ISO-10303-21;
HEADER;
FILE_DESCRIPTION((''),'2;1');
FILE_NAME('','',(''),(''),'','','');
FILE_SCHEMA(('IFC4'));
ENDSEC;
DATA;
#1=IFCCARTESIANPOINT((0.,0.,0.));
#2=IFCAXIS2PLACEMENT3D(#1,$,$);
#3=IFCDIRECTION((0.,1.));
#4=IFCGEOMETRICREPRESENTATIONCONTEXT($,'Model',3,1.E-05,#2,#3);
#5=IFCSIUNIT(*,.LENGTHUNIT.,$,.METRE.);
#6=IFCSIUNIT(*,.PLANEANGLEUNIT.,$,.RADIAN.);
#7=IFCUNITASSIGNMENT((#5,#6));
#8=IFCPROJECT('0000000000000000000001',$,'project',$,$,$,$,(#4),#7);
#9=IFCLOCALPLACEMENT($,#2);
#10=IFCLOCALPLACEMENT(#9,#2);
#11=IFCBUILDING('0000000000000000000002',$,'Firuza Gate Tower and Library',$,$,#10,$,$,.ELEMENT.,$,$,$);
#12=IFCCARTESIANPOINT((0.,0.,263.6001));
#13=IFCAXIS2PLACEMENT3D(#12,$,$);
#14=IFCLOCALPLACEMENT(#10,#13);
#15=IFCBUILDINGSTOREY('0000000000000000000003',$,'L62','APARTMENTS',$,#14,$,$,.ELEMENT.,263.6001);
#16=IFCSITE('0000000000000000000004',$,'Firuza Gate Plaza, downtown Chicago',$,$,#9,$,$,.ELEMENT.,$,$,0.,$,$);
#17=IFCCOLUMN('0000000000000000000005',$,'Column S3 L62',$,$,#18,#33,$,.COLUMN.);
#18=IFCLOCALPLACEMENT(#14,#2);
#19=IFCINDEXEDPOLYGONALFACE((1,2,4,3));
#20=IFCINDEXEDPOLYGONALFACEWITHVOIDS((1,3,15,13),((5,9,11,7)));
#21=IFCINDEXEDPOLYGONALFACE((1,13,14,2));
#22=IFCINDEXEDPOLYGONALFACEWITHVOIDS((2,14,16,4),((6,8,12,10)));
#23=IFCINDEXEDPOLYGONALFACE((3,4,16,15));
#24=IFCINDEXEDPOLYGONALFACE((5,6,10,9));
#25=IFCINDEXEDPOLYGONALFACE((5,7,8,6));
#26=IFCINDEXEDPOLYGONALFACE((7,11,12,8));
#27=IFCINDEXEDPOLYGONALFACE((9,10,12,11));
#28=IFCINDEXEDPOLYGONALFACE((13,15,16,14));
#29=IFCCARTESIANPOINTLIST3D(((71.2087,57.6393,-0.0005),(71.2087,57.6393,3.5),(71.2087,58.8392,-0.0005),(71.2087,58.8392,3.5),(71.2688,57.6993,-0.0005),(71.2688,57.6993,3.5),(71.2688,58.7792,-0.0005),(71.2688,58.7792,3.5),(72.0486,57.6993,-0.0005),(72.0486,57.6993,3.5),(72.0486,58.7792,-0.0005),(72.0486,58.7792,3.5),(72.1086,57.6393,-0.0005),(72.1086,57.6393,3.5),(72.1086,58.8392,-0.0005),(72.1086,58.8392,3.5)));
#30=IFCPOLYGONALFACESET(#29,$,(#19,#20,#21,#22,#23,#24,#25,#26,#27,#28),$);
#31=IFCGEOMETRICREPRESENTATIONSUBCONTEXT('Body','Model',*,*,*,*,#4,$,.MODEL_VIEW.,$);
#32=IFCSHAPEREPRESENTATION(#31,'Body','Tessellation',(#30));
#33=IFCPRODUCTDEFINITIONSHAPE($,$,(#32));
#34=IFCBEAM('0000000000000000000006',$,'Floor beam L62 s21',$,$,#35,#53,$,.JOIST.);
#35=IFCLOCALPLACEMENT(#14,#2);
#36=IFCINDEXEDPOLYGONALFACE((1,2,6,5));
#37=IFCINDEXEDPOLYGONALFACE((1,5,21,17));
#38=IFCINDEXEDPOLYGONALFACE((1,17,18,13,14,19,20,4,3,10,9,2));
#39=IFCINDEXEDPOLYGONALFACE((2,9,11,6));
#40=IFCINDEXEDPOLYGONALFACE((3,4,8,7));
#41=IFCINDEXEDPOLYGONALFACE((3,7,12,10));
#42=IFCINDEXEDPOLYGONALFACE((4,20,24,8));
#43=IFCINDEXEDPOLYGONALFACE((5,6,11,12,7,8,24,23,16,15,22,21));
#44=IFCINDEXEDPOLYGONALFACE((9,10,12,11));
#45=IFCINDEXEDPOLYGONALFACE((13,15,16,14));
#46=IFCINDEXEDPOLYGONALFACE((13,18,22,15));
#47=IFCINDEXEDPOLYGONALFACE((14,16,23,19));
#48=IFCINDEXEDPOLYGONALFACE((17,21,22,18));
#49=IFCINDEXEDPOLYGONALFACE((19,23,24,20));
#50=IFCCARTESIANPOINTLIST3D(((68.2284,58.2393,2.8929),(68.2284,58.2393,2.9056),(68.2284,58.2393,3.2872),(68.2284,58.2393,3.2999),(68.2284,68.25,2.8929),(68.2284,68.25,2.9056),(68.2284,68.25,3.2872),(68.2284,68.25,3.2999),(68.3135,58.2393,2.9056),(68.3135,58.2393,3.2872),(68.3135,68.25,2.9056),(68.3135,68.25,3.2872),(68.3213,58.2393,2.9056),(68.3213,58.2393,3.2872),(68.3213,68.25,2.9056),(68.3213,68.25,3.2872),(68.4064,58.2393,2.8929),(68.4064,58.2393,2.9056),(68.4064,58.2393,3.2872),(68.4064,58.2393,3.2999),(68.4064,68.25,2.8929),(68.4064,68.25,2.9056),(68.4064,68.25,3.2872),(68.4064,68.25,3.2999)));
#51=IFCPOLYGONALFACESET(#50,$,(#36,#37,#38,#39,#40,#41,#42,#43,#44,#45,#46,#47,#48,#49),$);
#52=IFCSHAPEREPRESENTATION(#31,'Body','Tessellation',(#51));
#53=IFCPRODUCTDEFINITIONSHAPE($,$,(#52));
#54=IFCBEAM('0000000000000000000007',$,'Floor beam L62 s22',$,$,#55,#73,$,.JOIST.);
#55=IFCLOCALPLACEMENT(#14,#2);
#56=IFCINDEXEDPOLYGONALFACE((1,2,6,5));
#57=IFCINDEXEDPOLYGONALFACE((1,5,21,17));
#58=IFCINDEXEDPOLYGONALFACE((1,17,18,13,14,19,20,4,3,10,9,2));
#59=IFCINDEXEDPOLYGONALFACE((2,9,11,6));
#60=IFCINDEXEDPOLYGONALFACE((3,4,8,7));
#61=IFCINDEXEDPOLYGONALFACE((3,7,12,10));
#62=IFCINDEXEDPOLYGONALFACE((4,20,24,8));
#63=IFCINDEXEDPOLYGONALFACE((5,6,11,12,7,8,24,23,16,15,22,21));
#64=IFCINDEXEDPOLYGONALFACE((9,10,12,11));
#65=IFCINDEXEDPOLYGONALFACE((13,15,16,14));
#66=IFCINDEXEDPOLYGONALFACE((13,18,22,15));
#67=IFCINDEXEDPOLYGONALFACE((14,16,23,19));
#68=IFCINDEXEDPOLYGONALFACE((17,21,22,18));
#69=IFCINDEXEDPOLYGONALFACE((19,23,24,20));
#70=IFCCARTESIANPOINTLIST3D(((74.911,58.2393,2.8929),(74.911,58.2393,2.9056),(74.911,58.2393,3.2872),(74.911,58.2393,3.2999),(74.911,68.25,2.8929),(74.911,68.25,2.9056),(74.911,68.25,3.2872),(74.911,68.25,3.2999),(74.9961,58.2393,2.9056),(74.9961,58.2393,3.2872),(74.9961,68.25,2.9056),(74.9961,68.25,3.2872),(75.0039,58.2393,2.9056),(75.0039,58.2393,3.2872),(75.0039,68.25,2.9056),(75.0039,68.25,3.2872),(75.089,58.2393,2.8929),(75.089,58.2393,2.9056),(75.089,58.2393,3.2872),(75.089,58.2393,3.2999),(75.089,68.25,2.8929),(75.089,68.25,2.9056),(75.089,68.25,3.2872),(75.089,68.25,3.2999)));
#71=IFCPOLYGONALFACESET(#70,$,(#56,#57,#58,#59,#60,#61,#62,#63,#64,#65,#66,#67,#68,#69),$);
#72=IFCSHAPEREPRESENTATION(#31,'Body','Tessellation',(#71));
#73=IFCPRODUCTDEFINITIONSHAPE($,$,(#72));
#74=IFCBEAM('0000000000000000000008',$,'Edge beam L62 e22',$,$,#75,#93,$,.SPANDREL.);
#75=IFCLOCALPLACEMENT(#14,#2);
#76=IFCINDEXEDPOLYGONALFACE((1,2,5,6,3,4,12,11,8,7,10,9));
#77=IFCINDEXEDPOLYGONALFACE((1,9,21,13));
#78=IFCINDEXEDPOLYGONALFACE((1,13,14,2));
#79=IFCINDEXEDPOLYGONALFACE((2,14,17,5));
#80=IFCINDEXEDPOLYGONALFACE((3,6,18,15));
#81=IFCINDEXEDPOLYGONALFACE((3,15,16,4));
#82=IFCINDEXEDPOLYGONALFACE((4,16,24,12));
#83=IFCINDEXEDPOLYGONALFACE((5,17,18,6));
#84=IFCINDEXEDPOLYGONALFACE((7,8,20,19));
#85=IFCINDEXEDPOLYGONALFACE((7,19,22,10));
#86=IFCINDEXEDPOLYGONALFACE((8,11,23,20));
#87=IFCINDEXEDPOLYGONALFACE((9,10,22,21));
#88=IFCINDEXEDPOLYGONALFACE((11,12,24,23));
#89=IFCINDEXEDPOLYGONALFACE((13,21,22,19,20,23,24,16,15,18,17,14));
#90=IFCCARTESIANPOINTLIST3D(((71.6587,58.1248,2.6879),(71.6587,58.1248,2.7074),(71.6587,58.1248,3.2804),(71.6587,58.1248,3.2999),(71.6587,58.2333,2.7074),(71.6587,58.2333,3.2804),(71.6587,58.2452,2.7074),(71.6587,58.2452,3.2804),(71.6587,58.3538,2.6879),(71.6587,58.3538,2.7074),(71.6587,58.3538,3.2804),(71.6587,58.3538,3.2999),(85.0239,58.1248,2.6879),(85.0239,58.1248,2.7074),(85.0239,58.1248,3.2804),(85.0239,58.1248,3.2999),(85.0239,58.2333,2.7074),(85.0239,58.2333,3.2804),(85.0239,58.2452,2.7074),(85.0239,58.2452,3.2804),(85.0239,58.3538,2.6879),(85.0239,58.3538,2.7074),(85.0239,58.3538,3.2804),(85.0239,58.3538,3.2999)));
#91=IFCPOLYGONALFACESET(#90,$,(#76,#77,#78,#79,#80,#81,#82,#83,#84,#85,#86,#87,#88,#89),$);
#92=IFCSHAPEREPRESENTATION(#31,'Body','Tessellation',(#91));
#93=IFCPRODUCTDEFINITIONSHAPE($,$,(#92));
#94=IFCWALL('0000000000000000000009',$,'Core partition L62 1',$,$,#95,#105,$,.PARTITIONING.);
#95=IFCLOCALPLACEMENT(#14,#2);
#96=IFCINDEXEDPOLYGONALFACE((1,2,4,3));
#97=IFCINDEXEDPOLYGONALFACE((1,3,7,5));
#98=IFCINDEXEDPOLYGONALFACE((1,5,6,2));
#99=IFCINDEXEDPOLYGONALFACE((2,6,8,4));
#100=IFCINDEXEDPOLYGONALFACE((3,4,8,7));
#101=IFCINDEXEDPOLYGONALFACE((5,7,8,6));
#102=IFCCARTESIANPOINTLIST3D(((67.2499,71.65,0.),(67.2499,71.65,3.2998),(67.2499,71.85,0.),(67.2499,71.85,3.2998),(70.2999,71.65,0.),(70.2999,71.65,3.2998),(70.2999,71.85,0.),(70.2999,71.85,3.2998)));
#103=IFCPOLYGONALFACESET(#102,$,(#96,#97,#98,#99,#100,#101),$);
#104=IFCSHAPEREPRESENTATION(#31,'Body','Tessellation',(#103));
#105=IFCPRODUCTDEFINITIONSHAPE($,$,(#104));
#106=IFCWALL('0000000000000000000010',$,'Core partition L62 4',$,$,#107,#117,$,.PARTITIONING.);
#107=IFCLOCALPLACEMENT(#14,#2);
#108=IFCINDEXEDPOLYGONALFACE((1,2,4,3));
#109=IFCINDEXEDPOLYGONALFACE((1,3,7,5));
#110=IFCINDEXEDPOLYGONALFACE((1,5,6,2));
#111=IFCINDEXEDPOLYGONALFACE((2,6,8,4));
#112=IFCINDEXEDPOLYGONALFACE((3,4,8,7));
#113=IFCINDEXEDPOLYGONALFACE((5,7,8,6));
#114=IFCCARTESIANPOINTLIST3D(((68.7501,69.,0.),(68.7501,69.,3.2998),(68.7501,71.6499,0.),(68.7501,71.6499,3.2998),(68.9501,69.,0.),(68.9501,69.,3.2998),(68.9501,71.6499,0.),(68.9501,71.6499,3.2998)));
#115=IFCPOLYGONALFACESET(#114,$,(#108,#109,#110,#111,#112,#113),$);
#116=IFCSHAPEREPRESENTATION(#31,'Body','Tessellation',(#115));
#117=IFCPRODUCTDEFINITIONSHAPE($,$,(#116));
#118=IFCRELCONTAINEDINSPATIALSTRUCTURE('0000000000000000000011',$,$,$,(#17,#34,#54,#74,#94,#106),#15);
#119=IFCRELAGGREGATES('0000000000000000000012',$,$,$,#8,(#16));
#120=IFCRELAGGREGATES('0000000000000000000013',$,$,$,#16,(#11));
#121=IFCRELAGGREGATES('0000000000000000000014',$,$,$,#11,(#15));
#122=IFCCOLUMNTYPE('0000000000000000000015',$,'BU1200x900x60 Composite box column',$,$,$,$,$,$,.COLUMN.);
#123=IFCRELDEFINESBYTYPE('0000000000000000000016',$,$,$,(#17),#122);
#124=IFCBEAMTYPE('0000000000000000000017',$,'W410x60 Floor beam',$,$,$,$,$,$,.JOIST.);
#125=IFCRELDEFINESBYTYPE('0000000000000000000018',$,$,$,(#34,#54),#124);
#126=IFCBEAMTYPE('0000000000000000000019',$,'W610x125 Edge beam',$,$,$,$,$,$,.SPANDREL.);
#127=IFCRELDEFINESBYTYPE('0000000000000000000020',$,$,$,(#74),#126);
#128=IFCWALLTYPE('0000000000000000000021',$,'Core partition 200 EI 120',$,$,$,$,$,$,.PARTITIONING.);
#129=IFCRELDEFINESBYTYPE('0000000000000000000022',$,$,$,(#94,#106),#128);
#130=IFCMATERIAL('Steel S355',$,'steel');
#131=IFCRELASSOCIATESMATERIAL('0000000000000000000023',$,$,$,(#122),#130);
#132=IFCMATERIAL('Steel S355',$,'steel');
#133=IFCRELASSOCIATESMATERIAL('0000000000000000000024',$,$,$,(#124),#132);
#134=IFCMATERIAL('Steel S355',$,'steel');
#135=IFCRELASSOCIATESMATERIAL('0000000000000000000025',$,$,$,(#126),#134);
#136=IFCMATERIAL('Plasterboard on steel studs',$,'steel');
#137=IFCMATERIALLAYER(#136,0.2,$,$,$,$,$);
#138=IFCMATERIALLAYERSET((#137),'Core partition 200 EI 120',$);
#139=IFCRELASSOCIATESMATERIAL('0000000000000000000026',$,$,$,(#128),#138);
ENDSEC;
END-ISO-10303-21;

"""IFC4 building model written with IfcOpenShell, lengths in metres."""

from ifc_helpers import new_model, si_unit, direction, frame, frame_2d, origin, origin_2d, place, context, subcontext, project, spatial, rectangle, hollow_rectangle, i_section, extrude, material, layer, layer_set, material_profile, profile_set, type_object, element, save


model = new_model("IFC4")

# Units and contexts
model_context = context("Model", 3, precision=1e-05, world=origin(), true_north=direction((0.0, 1.0)))
body_context = subcontext(model_context, "Body", "Model", "MODEL_VIEW")
ifc_project = project(units=[si_unit("LENGTHUNIT", "METRE"), si_unit("PLANEANGLEUNIT", "RADIAN")], contexts=[model_context])

# Site, building, storey
site_placement = place(None, origin())
site = spatial("IfcSite", under=ifc_project, at=site_placement, Name="Firuza Gate Plaza, downtown Chicago", CompositionType="ELEMENT", RefElevation=0.0)
building_placement = place(site_placement, origin())
building = spatial("IfcBuilding", under=site, at=building_placement, Name="Firuza Gate Tower and Library", CompositionType="ELEMENT")
storey_placement = place(building_placement, frame((0.0, 0.0, 263.6001)))
storey = spatial("IfcBuildingStorey", under=building, at=storey_placement, Name="L62", Description="APARTMENTS", CompositionType="ELEMENT", Elevation=263.6001)

# Column
ifc_material_1 = material(Name="Steel S355", Category="steel")
ifc_material_profile_1 = material_profile(ifc_material_1, hollow_rectangle(XDim=0.8999, YDim=1.2, WallThickness=0.0601, at=origin_2d()))
ifc_profile_set_1 = profile_set([ifc_material_profile_1], Name="Steel S355")
column_type = type_object("IfcColumnType", Name="BU1200x900x60 Composite box column", PredefinedType="COLUMN", material=ifc_profile_set_1)
column_placement = place(storey_placement, frame((71.6587, 58.2393, -0.0005), z_axis=(0.0, 0.0, 1.0), x_axis=(1.0, 0.0, 0.0)))
element("IfcColumn", 1, at=column_placement, inside=storey, type_object=column_type, Name="Column S3 L62", PredefinedType="COLUMN", context=body_context, shape_type="SweptSolid", body=[
    extrude(hollow_rectangle(XDim=0.8999, YDim=1.2, WallThickness=0.0601, at=origin_2d()), origin(), (0.0, 0.0, 1.0), 3.5005),
])

# Beams
ifc_material_2 = material(Name="Steel S355", Category="steel")
ifc_material_profile_2 = material_profile(ifc_material_2, i_section(OverallWidth=0.178, OverallDepth=0.407, WebThickness=0.0078, FlangeThickness=0.0127, at=origin_2d()))
ifc_profile_set_2 = profile_set([ifc_material_profile_2], Name="Steel S355")
beam_type_1 = type_object("IfcBeamType", Name="W410x60 Floor beam", PredefinedType="JOIST", material=ifc_profile_set_2)
for number, where, z_axis, x_axis, name in (
    (2, (68.3174, 58.2393, 3.0964), (0.0, 1.0, 0.0), (-1.0, 0.0, 0.0), "Floor beam L62 s21"),
    (3, (75.0, 58.2393, 3.0964), (0.0, 1.0, 0.0), (-1.0, 0.0, 0.0), "Floor beam L62 s22"),
):
    element("IfcBeam", number, at=place(storey_placement, frame(where, z_axis=z_axis, x_axis=x_axis)), inside=storey, type_object=beam_type_1, Name=name, PredefinedType="JOIST", context=body_context, shape_type="SweptSolid", body=[
        extrude(i_section(OverallWidth=0.178, OverallDepth=0.407, WebThickness=0.0078, FlangeThickness=0.0127, at=origin_2d()), origin(), (0.0, 0.0, 1.0), 10.0107),
    ])
ifc_material_3 = material(Name="Steel S355", Category="steel")
ifc_material_profile_3 = material_profile(ifc_material_3, i_section(OverallWidth=0.229, OverallDepth=0.6121, WebThickness=0.012, FlangeThickness=0.0195, at=origin_2d()))
ifc_profile_set_3 = profile_set([ifc_material_profile_3], Name="Steel S355")
beam_type_2 = type_object("IfcBeamType", Name="W610x125 Edge beam", PredefinedType="SPANDREL", material=ifc_profile_set_3)
beam_placement = place(storey_placement, frame((71.6587, 58.2393, 2.9939), z_axis=(1.0, 0.0, 0.0), x_axis=(0.0, 1.0, 0.0)))
element("IfcBeam", 4, at=beam_placement, inside=storey, type_object=beam_type_2, Name="Edge beam L62 e22", PredefinedType="SPANDREL", context=body_context, shape_type="SweptSolid", body=[
    extrude(i_section(OverallWidth=0.229, OverallDepth=0.6121, WebThickness=0.012, FlangeThickness=0.0195, at=origin_2d()), origin(), (0.0, 0.0, 1.0), 13.3652),
])

# Walls
ifc_material_4 = material(Name="Plasterboard on steel studs", Category="steel")
ifc_layer_1 = layer(ifc_material_4, 0.2)
ifc_layer_set_1 = layer_set([ifc_layer_1], Name="Core partition 200 EI 120")
wall_type_1 = type_object("IfcWallType", Name="Core partition 200 EI 120", PredefinedType="PARTITIONING", material=ifc_layer_set_1)
wall_1_placement = place(storey_placement, frame((67.25, 71.75, 0.0), z_axis=(0.0, 0.0, 1.0), x_axis=(1.0, 0.0, 0.0)))
element("IfcWall", 5, at=wall_1_placement, inside=storey, type_object=wall_type_1, Name="Core partition L62 1", PredefinedType="PARTITIONING", context=body_context, shape_type="SweptSolid", body=[
    extrude(rectangle(XDim=3.05, YDim=0.2, at=frame_2d((1.5249, 0.0))), origin(), (0.0, 0.0, 1.0), 3.2998),
])
wall_2_placement = place(storey_placement, frame((68.8501, 69.0, 0.0), z_axis=(0.0, 0.0, 1.0), x_axis=(0.0, 1.0, 0.0)))
element("IfcWall", 6, at=wall_2_placement, inside=storey, type_object=wall_type_1, Name="Core partition L62 4", PredefinedType="PARTITIONING", context=body_context, shape_type="SweptSolid", body=[
    extrude(rectangle(XDim=2.6499, YDim=0.2, at=frame_2d((1.325, 0.0))), origin(), (0.0, 0.0, 1.0), 3.2998),
])

save(model, "model.ifc")
